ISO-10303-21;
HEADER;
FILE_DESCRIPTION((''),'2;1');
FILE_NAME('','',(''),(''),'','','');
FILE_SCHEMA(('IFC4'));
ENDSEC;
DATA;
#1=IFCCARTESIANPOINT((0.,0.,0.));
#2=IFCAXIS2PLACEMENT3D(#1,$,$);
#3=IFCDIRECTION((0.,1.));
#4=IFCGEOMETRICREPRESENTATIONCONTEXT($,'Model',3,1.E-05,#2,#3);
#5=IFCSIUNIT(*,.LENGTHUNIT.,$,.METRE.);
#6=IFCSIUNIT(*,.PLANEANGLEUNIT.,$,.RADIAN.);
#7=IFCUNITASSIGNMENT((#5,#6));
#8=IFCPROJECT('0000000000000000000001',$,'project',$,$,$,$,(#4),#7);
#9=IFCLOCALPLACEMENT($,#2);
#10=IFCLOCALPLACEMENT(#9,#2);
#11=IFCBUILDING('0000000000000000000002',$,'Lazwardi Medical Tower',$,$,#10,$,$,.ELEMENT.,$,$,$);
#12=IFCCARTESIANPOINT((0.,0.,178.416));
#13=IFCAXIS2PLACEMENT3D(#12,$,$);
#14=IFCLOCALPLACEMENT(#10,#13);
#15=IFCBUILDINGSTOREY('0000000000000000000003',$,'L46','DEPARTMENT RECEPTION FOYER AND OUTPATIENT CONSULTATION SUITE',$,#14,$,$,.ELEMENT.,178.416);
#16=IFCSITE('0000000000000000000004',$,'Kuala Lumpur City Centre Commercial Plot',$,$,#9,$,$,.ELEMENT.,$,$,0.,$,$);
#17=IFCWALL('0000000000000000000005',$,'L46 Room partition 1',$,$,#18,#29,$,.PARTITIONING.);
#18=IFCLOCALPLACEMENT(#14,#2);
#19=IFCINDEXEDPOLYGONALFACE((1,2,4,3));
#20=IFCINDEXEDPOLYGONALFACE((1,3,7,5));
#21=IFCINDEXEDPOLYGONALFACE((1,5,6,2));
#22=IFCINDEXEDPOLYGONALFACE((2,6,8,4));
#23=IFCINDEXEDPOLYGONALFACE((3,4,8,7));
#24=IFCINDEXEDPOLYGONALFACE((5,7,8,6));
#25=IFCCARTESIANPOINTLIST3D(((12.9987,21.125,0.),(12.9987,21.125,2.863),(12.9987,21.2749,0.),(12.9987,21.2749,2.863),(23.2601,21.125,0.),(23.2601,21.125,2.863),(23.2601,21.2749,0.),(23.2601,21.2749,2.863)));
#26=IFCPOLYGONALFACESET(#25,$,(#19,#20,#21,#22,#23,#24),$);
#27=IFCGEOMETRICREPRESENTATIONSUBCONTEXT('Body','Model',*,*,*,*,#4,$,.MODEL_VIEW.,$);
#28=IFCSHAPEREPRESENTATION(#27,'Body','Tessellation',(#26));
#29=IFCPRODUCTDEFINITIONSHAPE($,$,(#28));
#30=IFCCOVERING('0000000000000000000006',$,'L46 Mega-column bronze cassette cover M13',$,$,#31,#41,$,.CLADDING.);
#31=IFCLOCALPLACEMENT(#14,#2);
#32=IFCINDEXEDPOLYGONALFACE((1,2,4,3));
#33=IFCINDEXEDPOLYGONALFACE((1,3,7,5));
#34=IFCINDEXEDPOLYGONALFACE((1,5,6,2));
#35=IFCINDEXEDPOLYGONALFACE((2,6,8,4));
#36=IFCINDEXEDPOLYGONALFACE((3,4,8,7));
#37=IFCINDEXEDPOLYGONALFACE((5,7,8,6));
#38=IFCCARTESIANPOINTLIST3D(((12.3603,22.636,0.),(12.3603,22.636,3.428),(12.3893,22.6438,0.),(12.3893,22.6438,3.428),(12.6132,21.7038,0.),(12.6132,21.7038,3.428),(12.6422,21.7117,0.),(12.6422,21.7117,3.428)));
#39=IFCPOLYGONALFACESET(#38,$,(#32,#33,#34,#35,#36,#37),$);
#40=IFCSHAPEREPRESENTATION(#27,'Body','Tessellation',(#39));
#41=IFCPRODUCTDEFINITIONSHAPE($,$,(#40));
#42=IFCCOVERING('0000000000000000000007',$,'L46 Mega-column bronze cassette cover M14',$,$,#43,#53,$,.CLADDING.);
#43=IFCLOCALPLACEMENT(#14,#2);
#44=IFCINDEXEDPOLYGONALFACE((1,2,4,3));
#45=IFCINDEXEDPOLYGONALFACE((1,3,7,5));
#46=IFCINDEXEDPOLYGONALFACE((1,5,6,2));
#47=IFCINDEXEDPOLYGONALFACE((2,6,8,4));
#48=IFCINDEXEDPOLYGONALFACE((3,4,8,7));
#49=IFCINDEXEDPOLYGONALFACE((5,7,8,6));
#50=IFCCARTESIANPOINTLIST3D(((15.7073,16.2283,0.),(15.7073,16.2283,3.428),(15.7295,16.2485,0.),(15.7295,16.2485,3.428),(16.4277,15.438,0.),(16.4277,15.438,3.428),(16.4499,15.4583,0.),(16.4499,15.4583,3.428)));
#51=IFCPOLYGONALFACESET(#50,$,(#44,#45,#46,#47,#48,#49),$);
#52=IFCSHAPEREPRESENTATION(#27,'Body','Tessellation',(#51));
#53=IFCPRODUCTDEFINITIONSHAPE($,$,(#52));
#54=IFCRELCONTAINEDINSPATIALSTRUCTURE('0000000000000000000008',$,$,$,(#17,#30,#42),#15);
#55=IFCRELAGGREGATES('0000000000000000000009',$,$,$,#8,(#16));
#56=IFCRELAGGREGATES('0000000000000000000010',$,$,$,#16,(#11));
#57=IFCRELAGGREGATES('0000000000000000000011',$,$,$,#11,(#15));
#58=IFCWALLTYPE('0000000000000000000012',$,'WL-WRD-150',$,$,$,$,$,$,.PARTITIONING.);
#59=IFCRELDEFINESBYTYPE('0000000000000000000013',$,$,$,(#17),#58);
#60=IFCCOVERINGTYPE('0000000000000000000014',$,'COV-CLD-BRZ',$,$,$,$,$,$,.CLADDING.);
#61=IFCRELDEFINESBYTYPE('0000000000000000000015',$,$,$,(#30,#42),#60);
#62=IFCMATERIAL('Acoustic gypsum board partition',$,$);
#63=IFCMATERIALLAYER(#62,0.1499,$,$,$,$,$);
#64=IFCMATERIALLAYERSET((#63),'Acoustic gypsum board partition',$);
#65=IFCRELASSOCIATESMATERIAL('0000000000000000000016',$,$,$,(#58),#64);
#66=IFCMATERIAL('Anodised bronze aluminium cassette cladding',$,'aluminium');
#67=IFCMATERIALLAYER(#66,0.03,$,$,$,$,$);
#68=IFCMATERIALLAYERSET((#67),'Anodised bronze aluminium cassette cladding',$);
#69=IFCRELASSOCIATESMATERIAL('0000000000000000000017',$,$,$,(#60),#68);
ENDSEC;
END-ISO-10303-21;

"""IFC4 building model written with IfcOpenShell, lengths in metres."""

from ifc_helpers import new_model, si_unit, direction, frame, frame_2d, origin, origin_2d, place, context, subcontext, project, spatial, rectangle, extrude, material, layer, layer_set, type_object, element, save


model = new_model("IFC4")

# Units and contexts
model_context = context("Model", 3, precision=1e-05, world=origin(), true_north=direction((0.0, 1.0)))
body_context = subcontext(model_context, "Body", "Model", "MODEL_VIEW")
ifc_project = project(units=[si_unit("LENGTHUNIT", "METRE"), si_unit("PLANEANGLEUNIT", "RADIAN")], contexts=[model_context])

# Site, building, storey
site_placement = place(None, origin())
site = spatial("IfcSite", under=ifc_project, at=site_placement, Name="Kuala Lumpur City Centre Commercial Plot", CompositionType="ELEMENT", RefElevation=0.0)
building_placement = place(site_placement, origin())
building = spatial("IfcBuilding", under=site, at=building_placement, Name="Lazwardi Medical Tower", CompositionType="ELEMENT")
storey_placement = place(building_placement, frame((0.0, 0.0, 178.416)))
storey = spatial("IfcBuildingStorey", under=building, at=storey_placement, Name="L46", Description="DEPARTMENT RECEPTION FOYER AND OUTPATIENT CONSULTATION SUITE", CompositionType="ELEMENT", Elevation=178.416)

# Wall
ifc_material_1 = material(Name="Acoustic gypsum board partition")
ifc_layer_1 = layer(ifc_material_1, 0.1499)
ifc_layer_set_1 = layer_set([ifc_layer_1], Name="Acoustic gypsum board partition")
wall_type = type_object("IfcWallType", Name="WL-WRD-150", PredefinedType="PARTITIONING", material=ifc_layer_set_1)
wall_placement = place(storey_placement, frame((12.9985, 21.2, 0.0), z_axis=(0.0, 0.0, 1.0), x_axis=(1.0, 0.0, 0.0)))
element("IfcWall", 1, at=wall_placement, inside=storey, type_object=wall_type, Name="L46 Room partition 1", PredefinedType="PARTITIONING", context=body_context, shape_type="SweptSolid", body=[
    extrude(rectangle(XDim=10.2615, YDim=0.1499, at=frame_2d((5.1309, 0.0))), origin(), (0.0, 0.0, 1.0), 2.863),
])

# Coverings
ifc_material_2 = material(Name="Anodised bronze aluminium cassette cladding", Category="aluminium")
ifc_layer_2 = layer(ifc_material_2, 0.03)
ifc_layer_set_2 = layer_set([ifc_layer_2], Name="Anodised bronze aluminium cassette cladding")
covering_type = type_object("IfcCoveringType", Name="COV-CLD-BRZ", PredefinedType="CLADDING", material=ifc_layer_set_2)
covering_1_placement = place(storey_placement, frame((12.5012, 22.1738, 0.0), z_axis=(0.0, 0.0, 1.0), x_axis=(0.261829, -0.965114, 0.0)))
element("IfcCovering", 2, at=covering_1_placement, inside=storey, type_object=covering_type, Name="L46 Mega-column bronze cassette cover M13", PredefinedType="CLADDING", context=body_context, shape_type="SweptSolid", body=[
    extrude(rectangle(XDim=0.9658, YDim=0.03, at=origin_2d()), origin(), (0.0, 0.0, 1.0), 3.428),
])
covering_2_placement = place(storey_placement, frame((16.0786, 15.8433, 0.0), z_axis=(0.0, 0.0, 1.0), x_axis=(0.673714, -0.738992, 0.0)))
element("IfcCovering", 3, at=covering_2_placement, inside=storey, type_object=covering_type, Name="L46 Mega-column bronze cassette cover M14", PredefinedType="CLADDING", context=body_context, shape_type="SweptSolid", body=[
    extrude(rectangle(XDim=1.0693, YDim=0.03, at=origin_2d()), origin(), (0.0, 0.0, 1.0), 3.428),
])

save(model, "model.ifc")
